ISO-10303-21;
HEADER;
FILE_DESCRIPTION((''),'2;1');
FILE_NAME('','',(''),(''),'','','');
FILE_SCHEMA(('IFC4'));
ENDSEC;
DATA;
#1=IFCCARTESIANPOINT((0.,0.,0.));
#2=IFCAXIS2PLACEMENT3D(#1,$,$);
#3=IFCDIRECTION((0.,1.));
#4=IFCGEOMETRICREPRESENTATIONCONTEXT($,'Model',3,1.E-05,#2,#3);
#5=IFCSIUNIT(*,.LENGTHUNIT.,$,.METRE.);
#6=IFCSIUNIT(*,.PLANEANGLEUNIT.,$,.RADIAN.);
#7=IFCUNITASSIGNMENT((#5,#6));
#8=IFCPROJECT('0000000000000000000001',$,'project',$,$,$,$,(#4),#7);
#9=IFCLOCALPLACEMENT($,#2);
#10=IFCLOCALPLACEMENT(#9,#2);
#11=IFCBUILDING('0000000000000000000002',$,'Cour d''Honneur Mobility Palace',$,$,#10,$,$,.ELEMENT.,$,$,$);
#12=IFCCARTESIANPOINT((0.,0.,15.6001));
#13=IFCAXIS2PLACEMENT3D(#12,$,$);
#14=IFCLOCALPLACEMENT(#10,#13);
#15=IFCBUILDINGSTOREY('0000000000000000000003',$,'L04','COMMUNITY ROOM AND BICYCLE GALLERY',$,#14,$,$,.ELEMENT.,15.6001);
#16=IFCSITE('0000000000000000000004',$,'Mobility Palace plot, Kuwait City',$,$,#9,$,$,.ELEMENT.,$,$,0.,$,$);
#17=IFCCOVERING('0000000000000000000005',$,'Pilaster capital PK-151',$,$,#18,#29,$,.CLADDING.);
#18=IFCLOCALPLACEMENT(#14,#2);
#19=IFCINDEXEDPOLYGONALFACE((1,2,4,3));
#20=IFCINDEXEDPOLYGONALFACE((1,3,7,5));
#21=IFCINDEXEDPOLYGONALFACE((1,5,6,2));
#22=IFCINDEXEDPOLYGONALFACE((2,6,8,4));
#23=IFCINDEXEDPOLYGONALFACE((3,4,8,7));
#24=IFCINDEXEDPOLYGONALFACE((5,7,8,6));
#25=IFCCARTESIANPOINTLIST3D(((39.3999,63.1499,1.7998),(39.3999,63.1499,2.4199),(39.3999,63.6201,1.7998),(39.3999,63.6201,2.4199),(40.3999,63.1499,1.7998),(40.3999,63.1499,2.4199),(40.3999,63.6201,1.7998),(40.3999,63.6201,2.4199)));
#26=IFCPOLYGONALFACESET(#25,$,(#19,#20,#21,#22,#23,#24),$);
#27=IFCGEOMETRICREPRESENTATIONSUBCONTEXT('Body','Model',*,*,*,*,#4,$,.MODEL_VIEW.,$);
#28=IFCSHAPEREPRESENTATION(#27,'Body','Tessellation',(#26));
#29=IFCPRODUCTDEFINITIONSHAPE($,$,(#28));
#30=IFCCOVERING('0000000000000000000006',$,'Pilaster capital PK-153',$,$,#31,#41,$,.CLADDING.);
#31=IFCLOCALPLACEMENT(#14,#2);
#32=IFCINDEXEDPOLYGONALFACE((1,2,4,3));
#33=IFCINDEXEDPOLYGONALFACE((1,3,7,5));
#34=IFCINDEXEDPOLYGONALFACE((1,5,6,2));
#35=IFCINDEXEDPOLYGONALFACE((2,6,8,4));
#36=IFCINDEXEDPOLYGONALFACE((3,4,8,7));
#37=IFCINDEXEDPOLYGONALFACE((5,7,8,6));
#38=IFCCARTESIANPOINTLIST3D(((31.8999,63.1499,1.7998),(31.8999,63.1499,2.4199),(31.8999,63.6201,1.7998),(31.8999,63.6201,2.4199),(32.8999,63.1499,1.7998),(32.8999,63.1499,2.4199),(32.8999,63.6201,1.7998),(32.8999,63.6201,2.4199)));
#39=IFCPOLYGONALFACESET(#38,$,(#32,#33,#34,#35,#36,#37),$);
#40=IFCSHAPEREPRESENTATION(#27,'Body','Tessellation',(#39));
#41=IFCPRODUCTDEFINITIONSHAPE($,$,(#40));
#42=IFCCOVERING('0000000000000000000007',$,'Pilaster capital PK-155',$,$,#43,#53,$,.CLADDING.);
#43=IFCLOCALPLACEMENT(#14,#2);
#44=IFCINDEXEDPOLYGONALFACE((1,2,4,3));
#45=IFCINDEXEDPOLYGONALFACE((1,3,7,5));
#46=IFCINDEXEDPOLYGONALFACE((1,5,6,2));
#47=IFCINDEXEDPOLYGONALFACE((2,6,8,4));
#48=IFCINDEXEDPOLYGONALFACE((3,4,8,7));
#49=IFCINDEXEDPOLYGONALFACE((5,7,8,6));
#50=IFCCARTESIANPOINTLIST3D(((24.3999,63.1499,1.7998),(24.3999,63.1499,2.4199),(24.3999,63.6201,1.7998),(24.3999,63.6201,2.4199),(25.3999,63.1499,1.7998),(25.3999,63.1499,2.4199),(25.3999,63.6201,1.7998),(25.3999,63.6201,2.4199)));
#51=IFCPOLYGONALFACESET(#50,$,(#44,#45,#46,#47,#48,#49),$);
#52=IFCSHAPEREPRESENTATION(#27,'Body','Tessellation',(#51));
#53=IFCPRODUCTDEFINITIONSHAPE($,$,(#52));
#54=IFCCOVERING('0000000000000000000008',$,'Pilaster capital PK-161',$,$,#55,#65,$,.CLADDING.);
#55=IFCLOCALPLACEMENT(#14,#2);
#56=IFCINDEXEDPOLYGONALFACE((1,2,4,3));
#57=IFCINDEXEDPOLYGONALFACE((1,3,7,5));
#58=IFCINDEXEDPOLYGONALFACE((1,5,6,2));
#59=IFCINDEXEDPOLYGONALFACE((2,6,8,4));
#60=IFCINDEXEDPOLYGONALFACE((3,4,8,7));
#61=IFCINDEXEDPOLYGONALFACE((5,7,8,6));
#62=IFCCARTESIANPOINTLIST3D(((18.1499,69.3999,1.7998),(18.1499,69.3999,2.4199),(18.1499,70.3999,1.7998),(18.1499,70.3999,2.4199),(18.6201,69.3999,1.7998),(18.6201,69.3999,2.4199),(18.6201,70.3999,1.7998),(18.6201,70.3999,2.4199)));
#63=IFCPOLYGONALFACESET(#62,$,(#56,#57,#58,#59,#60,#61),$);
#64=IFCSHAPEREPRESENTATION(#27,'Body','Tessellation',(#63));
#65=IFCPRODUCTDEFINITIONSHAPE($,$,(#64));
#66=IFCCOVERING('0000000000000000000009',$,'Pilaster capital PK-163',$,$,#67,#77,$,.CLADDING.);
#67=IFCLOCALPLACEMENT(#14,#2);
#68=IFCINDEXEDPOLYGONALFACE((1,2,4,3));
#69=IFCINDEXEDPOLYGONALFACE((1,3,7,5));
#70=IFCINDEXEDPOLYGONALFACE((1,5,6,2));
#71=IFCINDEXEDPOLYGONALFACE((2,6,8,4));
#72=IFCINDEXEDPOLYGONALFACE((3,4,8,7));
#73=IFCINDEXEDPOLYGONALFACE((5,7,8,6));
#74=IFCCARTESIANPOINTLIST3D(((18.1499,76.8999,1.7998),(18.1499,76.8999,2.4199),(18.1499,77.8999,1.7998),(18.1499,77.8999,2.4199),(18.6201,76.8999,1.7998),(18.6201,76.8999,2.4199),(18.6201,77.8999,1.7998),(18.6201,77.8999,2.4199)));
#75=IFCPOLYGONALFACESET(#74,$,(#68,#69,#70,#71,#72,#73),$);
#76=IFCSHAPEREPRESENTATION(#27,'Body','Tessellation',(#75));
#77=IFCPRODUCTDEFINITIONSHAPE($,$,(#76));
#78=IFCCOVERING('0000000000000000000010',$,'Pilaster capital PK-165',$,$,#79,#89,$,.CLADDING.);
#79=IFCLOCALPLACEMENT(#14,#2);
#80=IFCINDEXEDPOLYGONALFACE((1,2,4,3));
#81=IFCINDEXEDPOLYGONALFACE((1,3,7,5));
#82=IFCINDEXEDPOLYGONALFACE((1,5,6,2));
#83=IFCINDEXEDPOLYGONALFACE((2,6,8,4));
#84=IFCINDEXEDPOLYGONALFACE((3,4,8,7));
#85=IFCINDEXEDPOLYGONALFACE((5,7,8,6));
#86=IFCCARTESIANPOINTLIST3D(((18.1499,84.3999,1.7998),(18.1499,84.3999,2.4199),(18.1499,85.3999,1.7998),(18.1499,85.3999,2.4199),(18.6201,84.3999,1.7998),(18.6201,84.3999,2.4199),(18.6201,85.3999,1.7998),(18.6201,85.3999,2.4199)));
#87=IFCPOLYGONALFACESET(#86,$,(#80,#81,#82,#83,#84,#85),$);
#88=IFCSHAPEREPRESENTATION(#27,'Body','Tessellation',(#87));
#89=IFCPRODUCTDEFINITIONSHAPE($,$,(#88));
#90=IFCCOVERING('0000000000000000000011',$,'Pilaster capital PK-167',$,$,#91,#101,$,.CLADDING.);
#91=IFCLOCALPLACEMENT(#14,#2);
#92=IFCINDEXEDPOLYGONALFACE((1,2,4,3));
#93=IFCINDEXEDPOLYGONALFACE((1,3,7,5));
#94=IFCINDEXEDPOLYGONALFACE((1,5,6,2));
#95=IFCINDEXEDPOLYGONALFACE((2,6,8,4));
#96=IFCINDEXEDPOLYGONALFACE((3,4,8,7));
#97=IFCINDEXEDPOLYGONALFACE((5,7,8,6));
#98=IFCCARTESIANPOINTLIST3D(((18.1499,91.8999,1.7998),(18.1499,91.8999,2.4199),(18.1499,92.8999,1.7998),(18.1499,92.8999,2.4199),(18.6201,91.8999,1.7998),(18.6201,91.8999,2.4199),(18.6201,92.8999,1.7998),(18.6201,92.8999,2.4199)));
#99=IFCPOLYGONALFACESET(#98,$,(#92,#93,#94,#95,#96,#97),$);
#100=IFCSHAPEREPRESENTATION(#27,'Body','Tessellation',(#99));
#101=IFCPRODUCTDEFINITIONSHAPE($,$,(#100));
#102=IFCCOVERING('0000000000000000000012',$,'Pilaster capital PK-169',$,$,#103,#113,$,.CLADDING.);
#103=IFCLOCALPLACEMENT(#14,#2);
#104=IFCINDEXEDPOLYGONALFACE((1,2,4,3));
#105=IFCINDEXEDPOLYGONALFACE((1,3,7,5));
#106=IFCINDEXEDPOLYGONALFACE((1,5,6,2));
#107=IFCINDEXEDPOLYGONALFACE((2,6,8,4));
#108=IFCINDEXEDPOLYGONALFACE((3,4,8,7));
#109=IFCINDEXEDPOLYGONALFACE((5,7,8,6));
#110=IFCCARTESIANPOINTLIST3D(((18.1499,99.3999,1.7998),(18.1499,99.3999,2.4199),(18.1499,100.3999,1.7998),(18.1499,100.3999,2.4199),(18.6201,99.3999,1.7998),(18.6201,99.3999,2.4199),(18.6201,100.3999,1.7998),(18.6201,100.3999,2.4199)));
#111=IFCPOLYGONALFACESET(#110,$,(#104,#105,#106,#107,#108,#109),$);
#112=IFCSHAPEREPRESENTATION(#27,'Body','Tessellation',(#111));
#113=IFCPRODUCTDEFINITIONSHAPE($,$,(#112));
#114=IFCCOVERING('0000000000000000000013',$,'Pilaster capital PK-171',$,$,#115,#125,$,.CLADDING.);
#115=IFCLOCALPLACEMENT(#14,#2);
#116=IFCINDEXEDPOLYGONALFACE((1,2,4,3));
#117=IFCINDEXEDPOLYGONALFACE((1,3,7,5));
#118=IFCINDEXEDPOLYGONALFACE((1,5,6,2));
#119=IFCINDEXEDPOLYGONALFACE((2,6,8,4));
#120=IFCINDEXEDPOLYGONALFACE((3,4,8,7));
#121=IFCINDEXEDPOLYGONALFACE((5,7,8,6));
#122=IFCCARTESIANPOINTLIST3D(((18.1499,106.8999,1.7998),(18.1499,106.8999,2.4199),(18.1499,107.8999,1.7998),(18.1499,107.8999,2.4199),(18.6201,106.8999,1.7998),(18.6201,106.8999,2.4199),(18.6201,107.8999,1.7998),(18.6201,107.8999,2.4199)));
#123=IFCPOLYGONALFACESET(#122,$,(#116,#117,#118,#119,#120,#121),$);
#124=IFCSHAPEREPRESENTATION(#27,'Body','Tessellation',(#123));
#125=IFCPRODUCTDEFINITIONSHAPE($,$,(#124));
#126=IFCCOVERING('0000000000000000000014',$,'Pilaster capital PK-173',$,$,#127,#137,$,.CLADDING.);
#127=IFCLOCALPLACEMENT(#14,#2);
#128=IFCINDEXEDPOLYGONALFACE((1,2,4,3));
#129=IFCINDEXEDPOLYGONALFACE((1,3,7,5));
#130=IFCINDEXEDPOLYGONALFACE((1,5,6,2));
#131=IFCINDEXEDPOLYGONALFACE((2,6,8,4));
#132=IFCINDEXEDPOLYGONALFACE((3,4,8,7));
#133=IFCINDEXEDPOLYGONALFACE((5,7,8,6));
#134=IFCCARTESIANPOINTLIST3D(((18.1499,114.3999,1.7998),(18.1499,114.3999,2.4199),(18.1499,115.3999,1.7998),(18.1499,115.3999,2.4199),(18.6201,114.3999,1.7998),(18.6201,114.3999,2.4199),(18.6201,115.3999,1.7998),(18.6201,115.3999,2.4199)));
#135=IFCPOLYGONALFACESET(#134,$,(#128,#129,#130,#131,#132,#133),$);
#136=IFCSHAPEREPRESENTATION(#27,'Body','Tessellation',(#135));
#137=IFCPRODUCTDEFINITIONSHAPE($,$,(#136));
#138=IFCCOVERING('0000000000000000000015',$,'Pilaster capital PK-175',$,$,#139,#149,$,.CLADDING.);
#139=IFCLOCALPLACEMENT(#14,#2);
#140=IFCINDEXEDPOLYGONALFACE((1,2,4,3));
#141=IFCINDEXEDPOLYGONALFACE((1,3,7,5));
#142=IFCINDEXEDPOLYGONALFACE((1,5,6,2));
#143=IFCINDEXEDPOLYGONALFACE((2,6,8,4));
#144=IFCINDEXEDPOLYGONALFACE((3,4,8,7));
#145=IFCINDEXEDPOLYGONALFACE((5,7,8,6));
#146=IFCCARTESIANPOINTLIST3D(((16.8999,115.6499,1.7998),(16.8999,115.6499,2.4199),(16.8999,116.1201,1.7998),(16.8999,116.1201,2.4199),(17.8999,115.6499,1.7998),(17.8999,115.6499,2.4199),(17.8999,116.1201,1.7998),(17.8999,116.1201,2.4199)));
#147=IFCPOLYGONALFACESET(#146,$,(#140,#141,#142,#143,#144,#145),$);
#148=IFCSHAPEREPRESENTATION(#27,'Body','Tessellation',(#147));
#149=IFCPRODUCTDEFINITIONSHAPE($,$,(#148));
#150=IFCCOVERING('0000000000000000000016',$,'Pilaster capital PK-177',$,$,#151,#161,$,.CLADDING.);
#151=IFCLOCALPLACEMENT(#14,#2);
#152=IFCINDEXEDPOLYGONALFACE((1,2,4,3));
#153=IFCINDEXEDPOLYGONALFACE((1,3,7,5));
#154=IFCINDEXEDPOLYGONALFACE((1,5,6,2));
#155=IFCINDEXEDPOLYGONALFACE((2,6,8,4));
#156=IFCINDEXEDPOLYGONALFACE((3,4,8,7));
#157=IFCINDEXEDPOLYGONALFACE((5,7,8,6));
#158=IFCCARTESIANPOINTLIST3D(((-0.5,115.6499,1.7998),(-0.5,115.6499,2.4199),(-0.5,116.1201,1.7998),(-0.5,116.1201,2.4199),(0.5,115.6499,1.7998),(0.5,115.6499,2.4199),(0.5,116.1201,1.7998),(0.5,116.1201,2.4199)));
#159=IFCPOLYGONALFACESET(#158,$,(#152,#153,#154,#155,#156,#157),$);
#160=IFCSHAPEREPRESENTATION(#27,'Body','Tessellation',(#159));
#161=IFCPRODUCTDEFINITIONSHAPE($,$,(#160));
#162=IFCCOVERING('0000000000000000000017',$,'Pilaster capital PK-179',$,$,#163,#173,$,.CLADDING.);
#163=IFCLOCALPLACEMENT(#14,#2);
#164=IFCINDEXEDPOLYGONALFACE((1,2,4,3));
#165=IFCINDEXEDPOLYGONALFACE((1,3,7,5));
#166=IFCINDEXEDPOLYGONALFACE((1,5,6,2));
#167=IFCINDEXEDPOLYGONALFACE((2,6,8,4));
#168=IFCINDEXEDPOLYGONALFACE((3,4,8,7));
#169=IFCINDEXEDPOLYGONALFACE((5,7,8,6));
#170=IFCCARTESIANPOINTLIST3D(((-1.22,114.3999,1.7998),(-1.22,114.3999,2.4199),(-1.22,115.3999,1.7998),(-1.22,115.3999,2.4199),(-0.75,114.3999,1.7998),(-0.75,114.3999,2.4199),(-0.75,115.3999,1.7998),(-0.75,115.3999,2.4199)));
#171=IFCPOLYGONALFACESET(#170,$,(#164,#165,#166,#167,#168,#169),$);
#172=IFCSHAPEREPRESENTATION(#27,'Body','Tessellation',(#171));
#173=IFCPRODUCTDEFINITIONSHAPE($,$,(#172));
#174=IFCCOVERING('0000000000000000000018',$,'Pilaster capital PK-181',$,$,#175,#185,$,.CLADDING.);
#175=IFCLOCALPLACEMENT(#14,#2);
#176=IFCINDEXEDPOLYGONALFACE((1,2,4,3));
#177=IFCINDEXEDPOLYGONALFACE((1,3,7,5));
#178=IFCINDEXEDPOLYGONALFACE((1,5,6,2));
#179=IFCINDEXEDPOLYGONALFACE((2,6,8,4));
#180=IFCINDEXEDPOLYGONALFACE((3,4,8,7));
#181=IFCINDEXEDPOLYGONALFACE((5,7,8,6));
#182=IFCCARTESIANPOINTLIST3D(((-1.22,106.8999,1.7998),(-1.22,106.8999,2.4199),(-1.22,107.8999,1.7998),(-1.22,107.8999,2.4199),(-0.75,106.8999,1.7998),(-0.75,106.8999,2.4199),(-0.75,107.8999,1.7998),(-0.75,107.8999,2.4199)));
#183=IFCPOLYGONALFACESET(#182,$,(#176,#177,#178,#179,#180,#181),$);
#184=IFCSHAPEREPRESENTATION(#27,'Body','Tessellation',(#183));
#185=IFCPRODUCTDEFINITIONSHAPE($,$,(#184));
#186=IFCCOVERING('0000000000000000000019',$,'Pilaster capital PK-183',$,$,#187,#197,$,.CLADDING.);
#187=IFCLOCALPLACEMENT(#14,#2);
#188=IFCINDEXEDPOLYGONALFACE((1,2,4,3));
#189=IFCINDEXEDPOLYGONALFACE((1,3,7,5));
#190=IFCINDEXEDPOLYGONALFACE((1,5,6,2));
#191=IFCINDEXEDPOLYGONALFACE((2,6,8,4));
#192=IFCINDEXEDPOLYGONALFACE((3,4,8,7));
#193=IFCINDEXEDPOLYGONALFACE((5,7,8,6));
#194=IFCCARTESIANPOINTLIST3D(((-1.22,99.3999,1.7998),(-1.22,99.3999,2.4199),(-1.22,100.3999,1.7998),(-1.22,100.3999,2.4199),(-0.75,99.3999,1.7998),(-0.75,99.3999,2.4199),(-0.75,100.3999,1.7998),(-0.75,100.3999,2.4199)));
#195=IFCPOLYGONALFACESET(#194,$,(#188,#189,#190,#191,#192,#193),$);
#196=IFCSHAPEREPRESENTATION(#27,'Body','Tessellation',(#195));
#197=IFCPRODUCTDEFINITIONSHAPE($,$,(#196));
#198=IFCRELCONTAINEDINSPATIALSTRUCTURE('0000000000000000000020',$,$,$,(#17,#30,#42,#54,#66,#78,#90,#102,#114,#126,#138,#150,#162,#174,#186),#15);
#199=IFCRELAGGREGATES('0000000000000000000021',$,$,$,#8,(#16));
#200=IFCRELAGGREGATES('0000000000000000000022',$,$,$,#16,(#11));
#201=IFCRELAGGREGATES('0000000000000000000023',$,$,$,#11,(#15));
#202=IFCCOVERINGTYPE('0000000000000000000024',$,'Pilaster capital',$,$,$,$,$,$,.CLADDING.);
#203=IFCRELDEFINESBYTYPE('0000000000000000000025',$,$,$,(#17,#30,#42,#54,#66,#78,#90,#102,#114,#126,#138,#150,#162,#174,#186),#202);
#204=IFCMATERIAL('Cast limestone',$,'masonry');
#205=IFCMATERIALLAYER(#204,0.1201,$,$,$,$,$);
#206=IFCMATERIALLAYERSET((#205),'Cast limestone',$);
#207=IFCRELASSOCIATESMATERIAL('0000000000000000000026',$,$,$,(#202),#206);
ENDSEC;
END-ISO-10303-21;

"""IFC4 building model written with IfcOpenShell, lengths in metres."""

from ifc_helpers import new_model, si_unit, direction, frame, origin, place, context, subcontext, project, spatial, polyline, outline, extrude, material, layer, layer_set, type_object, element, save


model = new_model("IFC4")

# Units and contexts
model_context = context("Model", 3, precision=1e-05, world=origin(), true_north=direction((0.0, 1.0)))
body_context = subcontext(model_context, "Body", "Model", "MODEL_VIEW")
ifc_project = project(units=[si_unit("LENGTHUNIT", "METRE"), si_unit("PLANEANGLEUNIT", "RADIAN")], contexts=[model_context])

# Site, building, storey
site_placement = place(None, origin())
site = spatial("IfcSite", under=ifc_project, at=site_placement, Name="Mobility Palace plot, Kuwait City", CompositionType="ELEMENT", RefElevation=0.0)
building_placement = place(site_placement, origin())
building = spatial("IfcBuilding", under=site, at=building_placement, Name="Cour d'Honneur Mobility Palace", CompositionType="ELEMENT")
storey_placement = place(building_placement, frame((0.0, 0.0, 15.6001)))
storey = spatial("IfcBuildingStorey", under=building, at=storey_placement, Name="L04", Description="COMMUNITY ROOM AND BICYCLE GALLERY", CompositionType="ELEMENT", Elevation=15.6001)

# Coverings
ifc_material_1 = material(Name="Cast limestone", Category="masonry")
ifc_layer_1 = layer(ifc_material_1, 0.1201)
ifc_layer_set_1 = layer_set([ifc_layer_1], Name="Cast limestone")
covering_type_1 = type_object("IfcCoveringType", Name="Pilaster capital", PredefinedType="CLADDING", material=ifc_layer_set_1)
covering_1_placement = place(storey_placement, frame((0.0, 0.0, 1.7998)))
element("IfcCovering", 1, at=covering_1_placement, inside=storey, type_object=covering_type_1, Name="Pilaster capital PK-151", PredefinedType="CLADDING", context=body_context, shape_type="SweptSolid", body=[
    extrude(outline(polyline([(40.3999, 63.1499), (39.3999, 63.1499), (39.3999, 63.6201), (40.3999, 63.6201), (40.3999, 63.1499)])), origin(), (0.0, 0.0, 1.0), 0.6201),
])
covering_2_placement = place(storey_placement, frame((0.0, 0.0, 1.7998)))
element("IfcCovering", 2, at=covering_2_placement, inside=storey, type_object=covering_type_1, Name="Pilaster capital PK-153", PredefinedType="CLADDING", context=body_context, shape_type="SweptSolid", body=[
    extrude(outline(polyline([(32.8999, 63.1499), (31.8999, 63.1499), (31.8999, 63.6201), (32.8999, 63.6201), (32.8999, 63.1499)])), origin(), (0.0, 0.0, 1.0), 0.6201),
])
covering_3_placement = place(storey_placement, frame((0.0, 0.0, 1.7998)))
element("IfcCovering", 3, at=covering_3_placement, inside=storey, type_object=covering_type_1, Name="Pilaster capital PK-155", PredefinedType="CLADDING", context=body_context, shape_type="SweptSolid", body=[
    extrude(outline(polyline([(25.3999, 63.1499), (24.3999, 63.1499), (24.3999, 63.6201), (25.3999, 63.6201), (25.3999, 63.1499)])), origin(), (0.0, 0.0, 1.0), 0.6201),
])
covering_4_placement = place(storey_placement, frame((0.0, 0.0, 1.7998)))
element("IfcCovering", 4, at=covering_4_placement, inside=storey, type_object=covering_type_1, Name="Pilaster capital PK-161", PredefinedType="CLADDING", context=body_context, shape_type="SweptSolid", body=[
    extrude(outline(polyline([(18.1499, 69.3999), (18.1499, 70.3999), (18.6201, 70.3999), (18.6201, 69.3999), (18.1499, 69.3999)])), origin(), (0.0, 0.0, 1.0), 0.6201),
])
covering_5_placement = place(storey_placement, frame((0.0, 0.0, 1.7998)))
element("IfcCovering", 5, at=covering_5_placement, inside=storey, type_object=covering_type_1, Name="Pilaster capital PK-163", PredefinedType="CLADDING", context=body_context, shape_type="SweptSolid", body=[
    extrude(outline(polyline([(18.1499, 76.8999), (18.1499, 77.8999), (18.6201, 77.8999), (18.6201, 76.8999), (18.1499, 76.8999)])), origin(), (0.0, 0.0, 1.0), 0.6201),
])
covering_6_placement = place(storey_placement, frame((0.0, 0.0, 1.7998)))
element("IfcCovering", 6, at=covering_6_placement, inside=storey, type_object=covering_type_1, Name="Pilaster capital PK-165", PredefinedType="CLADDING", context=body_context, shape_type="SweptSolid", body=[
    extrude(outline(polyline([(18.1499, 84.3999), (18.1499, 85.3999), (18.6201, 85.3999), (18.6201, 84.3999), (18.1499, 84.3999)])), origin(), (0.0, 0.0, 1.0), 0.6201),
])
covering_7_placement = place(storey_placement, frame((0.0, 0.0, 1.7998)))
element("IfcCovering", 7, at=covering_7_placement, inside=storey, type_object=covering_type_1, Name="Pilaster capital PK-167", PredefinedType="CLADDING", context=body_context, shape_type="SweptSolid", body=[
    extrude(outline(polyline([(18.1499, 91.8999), (18.1499, 92.8999), (18.6201, 92.8999), (18.6201, 91.8999), (18.1499, 91.8999)])), origin(), (0.0, 0.0, 1.0), 0.6201),
])
covering_8_placement = place(storey_placement, frame((0.0, 0.0, 1.7998)))
element("IfcCovering", 8, at=covering_8_placement, inside=storey, type_object=covering_type_1, Name="Pilaster capital PK-169", PredefinedType="CLADDING", context=body_context, shape_type="SweptSolid", body=[
    extrude(outline(polyline([(18.1499, 99.3999), (18.1499, 100.3999), (18.6201, 100.3999), (18.6201, 99.3999), (18.1499, 99.3999)])), origin(), (0.0, 0.0, 1.0), 0.6201),
])
covering_9_placement = place(storey_placement, frame((0.0, 0.0, 1.7998)))
element("IfcCovering", 9, at=covering_9_placement, inside=storey, type_object=covering_type_1, Name="Pilaster capital PK-171", PredefinedType="CLADDING", context=body_context, shape_type="SweptSolid", body=[
    extrude(outline(polyline([(18.1499, 106.8999), (18.1499, 107.8999), (18.6201, 107.8999), (18.6201, 106.8999), (18.1499, 106.8999)])), origin(), (0.0, 0.0, 1.0), 0.6201),
])
covering_10_placement = place(storey_placement, frame((0.0, 0.0, 1.7998)))
element("IfcCovering", 10, at=covering_10_placement, inside=storey, type_object=covering_type_1, Name="Pilaster capital PK-173", PredefinedType="CLADDING", context=body_context, shape_type="SweptSolid", body=[
    extrude(outline(polyline([(18.1499, 114.3999), (18.1499, 115.3999), (18.6201, 115.3999), (18.6201, 114.3999), (18.1499, 114.3999)])), origin(), (0.0, 0.0, 1.0), 0.6201),
])
covering_11_placement = place(storey_placement, frame((0.0, 0.0, 1.7998)))
element("IfcCovering", 11, at=covering_11_placement, inside=storey, type_object=covering_type_1, Name="Pilaster capital PK-175", PredefinedType="CLADDING", context=body_context, shape_type="SweptSolid", body=[
    extrude(outline(polyline([(17.8999, 115.6499), (16.8999, 115.6499), (16.8999, 116.1201), (17.8999, 116.1201), (17.8999, 115.6499)])), origin(), (0.0, 0.0, 1.0), 0.6201),
])
covering_12_placement = place(storey_placement, frame((0.0, 0.0, 1.7998)))
element("IfcCovering", 12, at=covering_12_placement, inside=storey, type_object=covering_type_1, Name="Pilaster capital PK-177", PredefinedType="CLADDING", context=body_context, shape_type="SweptSolid", body=[
    extrude(outline(polyline([(0.5, 115.6499), (-0.5, 115.6499), (-0.5, 116.1201), (0.5, 116.1201), (0.5, 115.6499)])), origin(), (0.0, 0.0, 1.0), 0.6201),
])
covering_13_placement = place(storey_placement, frame((0.0, 0.0, 1.7998)))
element("IfcCovering", 13, at=covering_13_placement, inside=storey, type_object=covering_type_1, Name="Pilaster capital PK-179", PredefinedType="CLADDING", context=body_context, shape_type="SweptSolid", body=[
    extrude(outline(polyline([(-0.75, 115.3999), (-0.75, 114.3999), (-1.22, 114.3999), (-1.22, 115.3999), (-0.75, 115.3999)])), origin(), (0.0, 0.0, 1.0), 0.6201),
])
covering_14_placement = place(storey_placement, frame((0.0, 0.0, 1.7998)))
element("IfcCovering", 14, at=covering_14_placement, inside=storey, type_object=covering_type_1, Name="Pilaster capital PK-181", PredefinedType="CLADDING", context=body_context, shape_type="SweptSolid", body=[
    extrude(outline(polyline([(-0.75, 107.8999), (-0.75, 106.8999), (-1.22, 106.8999), (-1.22, 107.8999), (-0.75, 107.8999)])), origin(), (0.0, 0.0, 1.0), 0.6201),
])
covering_15_placement = place(storey_placement, frame((0.0, 0.0, 1.7998)))
element("IfcCovering", 15, at=covering_15_placement, inside=storey, type_object=covering_type_1, Name="Pilaster capital PK-183", PredefinedType="CLADDING", context=body_context, shape_type="SweptSolid", body=[
    extrude(outline(polyline([(-0.75, 100.3999), (-0.75, 99.3999), (-1.22, 99.3999), (-1.22, 100.3999), (-0.75, 100.3999)])), origin(), (0.0, 0.0, 1.0), 0.6201),
])

save(model, "model.ifc")
